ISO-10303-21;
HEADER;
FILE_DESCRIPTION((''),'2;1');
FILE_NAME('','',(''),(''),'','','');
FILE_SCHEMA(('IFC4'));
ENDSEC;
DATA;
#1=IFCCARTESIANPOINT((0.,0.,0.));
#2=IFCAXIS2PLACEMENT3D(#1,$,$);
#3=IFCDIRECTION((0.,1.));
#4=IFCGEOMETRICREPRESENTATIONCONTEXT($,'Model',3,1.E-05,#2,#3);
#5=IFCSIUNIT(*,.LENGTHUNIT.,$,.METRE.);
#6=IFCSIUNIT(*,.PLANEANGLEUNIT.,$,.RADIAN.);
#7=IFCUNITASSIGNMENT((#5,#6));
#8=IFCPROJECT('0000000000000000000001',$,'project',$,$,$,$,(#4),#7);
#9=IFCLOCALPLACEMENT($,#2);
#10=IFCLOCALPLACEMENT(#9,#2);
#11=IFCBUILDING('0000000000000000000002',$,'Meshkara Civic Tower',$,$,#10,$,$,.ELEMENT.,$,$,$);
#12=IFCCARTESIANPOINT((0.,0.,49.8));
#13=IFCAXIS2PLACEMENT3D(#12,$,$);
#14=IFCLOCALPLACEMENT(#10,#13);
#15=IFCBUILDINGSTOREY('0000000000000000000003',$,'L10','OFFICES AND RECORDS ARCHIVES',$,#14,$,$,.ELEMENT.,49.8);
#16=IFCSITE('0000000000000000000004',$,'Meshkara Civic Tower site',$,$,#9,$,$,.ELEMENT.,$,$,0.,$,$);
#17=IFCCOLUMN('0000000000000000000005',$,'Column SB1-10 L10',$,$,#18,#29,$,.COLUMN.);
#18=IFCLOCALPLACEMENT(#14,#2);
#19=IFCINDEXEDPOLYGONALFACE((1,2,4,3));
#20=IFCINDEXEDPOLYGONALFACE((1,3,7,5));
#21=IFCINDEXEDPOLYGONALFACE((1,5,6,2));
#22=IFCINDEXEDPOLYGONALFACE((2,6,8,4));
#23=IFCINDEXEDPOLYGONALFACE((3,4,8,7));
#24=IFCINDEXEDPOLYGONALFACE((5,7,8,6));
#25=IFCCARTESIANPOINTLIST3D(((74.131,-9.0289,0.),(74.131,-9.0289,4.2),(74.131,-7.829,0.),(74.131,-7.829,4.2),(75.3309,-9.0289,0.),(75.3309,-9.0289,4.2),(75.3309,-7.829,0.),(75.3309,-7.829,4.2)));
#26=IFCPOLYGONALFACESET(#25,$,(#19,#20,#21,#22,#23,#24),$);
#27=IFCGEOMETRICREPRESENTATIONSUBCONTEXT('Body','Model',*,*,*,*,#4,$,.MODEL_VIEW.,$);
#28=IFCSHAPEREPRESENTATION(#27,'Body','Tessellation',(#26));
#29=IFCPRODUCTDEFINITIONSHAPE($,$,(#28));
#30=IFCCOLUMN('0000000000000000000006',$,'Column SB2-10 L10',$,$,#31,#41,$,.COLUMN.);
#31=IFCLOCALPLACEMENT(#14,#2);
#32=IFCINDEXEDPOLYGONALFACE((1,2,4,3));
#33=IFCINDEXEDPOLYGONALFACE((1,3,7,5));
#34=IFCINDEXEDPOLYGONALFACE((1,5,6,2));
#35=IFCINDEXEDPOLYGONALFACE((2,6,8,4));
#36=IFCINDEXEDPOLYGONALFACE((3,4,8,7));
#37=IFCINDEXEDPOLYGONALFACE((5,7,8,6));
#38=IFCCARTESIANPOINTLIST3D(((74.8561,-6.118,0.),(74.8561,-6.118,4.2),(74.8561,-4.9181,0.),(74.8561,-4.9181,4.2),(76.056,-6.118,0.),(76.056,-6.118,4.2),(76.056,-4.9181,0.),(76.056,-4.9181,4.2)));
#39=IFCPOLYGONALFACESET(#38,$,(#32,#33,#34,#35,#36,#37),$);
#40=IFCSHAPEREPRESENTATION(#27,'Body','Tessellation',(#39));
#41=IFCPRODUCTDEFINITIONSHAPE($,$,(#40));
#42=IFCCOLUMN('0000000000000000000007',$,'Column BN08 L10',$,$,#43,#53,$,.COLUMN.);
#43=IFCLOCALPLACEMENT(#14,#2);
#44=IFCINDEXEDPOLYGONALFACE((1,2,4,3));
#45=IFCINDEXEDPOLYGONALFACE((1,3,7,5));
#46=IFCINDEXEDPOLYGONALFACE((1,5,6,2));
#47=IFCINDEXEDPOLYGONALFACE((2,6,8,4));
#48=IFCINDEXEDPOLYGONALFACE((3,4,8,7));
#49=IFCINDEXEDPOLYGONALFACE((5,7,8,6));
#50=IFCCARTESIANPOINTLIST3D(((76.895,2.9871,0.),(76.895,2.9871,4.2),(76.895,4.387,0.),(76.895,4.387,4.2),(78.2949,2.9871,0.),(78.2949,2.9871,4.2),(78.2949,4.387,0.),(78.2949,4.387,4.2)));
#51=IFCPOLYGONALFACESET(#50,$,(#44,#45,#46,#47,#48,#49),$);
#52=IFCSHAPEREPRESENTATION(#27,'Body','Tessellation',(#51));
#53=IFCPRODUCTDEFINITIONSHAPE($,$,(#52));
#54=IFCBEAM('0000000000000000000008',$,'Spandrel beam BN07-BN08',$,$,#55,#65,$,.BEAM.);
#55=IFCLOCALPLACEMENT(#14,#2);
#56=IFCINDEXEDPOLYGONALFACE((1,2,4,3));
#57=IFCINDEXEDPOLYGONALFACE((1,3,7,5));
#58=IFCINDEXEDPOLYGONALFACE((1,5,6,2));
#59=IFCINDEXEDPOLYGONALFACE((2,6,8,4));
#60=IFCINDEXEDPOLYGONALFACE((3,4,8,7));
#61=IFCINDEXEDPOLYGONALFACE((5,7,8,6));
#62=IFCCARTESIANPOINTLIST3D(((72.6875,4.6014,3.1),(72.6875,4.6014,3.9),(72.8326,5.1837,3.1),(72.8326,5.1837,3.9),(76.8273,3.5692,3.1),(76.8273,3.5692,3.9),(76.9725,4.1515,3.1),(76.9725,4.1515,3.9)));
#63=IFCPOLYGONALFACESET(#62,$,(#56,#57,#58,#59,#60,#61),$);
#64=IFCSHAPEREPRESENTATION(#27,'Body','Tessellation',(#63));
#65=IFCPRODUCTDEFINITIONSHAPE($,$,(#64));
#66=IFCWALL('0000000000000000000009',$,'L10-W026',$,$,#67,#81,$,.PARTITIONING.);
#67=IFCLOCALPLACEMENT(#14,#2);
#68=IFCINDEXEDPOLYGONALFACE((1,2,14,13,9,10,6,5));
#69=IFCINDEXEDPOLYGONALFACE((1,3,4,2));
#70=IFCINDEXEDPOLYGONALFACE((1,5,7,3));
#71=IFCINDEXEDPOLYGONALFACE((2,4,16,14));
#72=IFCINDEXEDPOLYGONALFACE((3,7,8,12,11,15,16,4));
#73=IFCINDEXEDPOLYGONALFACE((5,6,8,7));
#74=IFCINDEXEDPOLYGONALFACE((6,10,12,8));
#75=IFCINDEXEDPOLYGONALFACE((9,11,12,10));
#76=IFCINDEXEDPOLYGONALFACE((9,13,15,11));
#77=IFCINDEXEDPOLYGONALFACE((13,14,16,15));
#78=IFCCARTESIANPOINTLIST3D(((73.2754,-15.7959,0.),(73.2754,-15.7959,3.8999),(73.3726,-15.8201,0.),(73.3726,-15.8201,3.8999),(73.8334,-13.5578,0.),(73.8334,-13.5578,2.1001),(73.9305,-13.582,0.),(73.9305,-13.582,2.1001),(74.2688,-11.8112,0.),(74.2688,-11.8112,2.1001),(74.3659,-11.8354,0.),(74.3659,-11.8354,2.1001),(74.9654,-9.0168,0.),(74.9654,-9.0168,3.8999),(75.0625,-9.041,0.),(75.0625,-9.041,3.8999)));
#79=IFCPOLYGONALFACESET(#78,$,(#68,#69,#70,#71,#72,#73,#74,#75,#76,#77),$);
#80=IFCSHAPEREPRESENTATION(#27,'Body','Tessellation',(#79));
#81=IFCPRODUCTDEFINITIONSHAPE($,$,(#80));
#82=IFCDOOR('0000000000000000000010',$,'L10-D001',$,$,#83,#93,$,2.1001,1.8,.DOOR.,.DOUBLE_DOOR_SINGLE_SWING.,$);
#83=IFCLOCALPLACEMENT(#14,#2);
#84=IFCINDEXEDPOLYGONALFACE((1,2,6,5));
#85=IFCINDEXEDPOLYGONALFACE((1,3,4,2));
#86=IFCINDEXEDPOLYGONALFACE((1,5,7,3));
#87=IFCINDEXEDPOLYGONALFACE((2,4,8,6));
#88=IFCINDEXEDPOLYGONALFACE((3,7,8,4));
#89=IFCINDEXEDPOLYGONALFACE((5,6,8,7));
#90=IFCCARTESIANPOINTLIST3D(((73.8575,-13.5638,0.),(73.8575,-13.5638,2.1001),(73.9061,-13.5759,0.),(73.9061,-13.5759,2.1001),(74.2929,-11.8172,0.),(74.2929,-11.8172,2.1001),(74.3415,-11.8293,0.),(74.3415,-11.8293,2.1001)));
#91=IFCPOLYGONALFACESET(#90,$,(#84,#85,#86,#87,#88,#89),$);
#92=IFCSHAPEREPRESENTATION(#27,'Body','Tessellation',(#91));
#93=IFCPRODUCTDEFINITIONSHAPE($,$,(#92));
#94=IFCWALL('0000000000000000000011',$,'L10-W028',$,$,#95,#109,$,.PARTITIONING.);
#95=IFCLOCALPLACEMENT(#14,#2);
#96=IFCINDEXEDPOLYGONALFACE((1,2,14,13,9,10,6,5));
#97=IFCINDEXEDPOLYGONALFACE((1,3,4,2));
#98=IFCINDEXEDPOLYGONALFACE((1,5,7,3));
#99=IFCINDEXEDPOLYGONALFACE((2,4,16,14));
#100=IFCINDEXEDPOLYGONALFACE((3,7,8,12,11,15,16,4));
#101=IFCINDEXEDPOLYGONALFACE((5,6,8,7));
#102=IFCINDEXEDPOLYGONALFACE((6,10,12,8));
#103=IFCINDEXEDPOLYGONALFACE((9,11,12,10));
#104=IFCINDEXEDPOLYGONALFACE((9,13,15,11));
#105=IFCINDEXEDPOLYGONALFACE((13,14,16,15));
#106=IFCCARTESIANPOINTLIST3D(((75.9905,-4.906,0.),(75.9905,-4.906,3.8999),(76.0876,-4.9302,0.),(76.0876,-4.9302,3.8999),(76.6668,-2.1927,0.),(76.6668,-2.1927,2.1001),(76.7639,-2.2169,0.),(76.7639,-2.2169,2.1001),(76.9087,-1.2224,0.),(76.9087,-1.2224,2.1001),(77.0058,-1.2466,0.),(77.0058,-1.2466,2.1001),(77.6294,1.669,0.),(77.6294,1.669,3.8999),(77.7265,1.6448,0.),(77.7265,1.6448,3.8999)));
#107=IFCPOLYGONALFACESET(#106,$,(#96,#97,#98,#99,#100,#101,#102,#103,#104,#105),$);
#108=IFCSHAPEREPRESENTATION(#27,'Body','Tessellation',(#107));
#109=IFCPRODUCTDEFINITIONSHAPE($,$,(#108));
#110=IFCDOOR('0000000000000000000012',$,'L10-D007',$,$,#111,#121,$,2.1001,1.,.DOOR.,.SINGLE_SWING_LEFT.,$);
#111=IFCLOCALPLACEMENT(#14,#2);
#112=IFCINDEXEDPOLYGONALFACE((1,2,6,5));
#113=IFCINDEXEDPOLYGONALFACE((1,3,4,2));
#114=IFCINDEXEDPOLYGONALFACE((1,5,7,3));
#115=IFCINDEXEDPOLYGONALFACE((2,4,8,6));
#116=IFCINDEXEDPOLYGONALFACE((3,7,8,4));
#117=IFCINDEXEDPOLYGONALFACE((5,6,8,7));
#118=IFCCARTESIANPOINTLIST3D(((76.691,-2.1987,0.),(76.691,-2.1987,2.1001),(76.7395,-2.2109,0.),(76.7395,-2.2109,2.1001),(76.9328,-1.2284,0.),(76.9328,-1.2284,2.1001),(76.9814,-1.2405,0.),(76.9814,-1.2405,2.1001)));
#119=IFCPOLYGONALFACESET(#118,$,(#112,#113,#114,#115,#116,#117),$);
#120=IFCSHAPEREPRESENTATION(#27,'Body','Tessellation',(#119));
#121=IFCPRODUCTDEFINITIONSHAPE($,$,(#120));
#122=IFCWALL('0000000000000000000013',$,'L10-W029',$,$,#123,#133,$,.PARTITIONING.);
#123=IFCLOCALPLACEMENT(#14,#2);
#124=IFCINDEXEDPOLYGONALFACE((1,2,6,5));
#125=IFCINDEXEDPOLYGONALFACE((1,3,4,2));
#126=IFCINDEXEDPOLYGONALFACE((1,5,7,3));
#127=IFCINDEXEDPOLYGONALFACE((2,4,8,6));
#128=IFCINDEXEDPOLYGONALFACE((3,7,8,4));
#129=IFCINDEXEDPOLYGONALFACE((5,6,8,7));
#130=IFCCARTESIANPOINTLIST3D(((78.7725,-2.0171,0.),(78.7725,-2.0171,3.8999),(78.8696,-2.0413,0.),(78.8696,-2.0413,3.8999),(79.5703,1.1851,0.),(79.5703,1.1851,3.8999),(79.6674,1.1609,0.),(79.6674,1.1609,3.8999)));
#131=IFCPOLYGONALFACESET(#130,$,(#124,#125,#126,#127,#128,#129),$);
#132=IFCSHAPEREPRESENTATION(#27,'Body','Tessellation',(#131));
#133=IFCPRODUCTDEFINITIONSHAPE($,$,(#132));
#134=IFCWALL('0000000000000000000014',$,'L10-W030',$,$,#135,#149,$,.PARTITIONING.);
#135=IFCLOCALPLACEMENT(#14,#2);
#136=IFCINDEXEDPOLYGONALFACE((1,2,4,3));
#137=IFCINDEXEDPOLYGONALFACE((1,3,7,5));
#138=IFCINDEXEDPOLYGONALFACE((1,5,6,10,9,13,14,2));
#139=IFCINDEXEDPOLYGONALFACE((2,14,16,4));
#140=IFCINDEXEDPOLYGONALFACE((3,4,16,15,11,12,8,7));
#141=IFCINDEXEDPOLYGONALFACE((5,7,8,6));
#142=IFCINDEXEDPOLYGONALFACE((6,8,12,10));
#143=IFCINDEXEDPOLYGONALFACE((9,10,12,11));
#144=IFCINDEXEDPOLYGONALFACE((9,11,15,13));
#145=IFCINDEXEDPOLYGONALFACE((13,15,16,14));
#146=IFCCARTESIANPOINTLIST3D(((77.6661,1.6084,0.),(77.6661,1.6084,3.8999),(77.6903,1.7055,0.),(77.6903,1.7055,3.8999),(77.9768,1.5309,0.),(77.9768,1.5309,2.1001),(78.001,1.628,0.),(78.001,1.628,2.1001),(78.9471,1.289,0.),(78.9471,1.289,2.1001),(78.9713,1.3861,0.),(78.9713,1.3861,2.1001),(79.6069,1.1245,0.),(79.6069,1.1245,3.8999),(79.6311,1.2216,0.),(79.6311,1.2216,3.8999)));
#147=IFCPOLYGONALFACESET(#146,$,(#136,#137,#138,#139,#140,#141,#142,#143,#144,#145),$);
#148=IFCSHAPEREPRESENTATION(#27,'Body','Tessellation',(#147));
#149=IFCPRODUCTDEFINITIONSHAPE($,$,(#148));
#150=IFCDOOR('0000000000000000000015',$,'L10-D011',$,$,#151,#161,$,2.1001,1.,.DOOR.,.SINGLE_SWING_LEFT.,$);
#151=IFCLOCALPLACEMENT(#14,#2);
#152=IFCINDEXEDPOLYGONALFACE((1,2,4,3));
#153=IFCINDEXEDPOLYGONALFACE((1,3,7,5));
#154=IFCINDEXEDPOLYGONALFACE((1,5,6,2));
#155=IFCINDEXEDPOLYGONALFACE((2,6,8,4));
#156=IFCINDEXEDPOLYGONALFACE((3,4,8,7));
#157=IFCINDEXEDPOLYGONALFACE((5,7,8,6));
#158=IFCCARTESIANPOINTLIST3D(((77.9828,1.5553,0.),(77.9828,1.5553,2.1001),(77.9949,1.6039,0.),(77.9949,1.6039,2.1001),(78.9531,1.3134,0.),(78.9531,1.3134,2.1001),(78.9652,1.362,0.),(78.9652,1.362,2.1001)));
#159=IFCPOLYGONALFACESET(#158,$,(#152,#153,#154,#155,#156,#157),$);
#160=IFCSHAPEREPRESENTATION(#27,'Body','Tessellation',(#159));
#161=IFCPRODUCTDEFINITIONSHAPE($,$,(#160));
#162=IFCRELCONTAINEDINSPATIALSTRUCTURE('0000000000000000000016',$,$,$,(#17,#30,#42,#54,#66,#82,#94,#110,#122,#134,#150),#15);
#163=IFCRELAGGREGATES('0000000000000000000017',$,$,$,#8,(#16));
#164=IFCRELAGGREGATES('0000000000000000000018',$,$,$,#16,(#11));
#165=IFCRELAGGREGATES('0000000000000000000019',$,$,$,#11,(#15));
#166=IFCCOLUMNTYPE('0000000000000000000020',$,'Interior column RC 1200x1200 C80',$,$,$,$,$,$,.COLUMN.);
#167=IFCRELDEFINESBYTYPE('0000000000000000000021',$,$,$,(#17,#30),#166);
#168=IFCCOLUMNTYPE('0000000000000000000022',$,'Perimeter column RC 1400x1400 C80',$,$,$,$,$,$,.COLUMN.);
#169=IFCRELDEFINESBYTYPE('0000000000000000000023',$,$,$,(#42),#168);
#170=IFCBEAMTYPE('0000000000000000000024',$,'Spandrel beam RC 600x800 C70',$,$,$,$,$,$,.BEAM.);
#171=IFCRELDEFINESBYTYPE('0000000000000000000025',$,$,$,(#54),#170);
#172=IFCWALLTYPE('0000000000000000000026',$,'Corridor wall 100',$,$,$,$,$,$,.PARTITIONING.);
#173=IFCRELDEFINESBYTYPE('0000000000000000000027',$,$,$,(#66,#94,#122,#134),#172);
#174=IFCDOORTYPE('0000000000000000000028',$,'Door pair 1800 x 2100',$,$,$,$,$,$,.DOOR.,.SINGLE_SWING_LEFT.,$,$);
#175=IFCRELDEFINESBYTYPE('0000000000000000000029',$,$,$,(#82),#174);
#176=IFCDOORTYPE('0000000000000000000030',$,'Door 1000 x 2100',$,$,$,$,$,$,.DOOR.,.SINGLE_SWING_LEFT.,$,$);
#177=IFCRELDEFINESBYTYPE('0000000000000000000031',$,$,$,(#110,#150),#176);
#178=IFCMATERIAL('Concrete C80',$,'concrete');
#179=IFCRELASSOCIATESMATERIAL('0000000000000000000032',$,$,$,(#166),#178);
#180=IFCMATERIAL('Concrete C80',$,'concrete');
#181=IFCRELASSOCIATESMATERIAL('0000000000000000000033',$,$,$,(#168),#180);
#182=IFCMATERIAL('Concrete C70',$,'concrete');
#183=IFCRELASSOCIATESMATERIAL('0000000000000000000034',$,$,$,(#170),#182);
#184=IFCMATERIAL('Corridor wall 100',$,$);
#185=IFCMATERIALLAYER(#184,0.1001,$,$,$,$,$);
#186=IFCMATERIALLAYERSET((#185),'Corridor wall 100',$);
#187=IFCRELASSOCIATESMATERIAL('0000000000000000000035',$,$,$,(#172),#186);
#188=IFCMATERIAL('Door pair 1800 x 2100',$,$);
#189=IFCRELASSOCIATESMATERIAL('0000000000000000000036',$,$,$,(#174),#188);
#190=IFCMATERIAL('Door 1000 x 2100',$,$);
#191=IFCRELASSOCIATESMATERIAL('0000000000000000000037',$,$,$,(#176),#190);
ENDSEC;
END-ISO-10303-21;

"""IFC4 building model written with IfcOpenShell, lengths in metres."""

from ifc_helpers import new_model, si_unit, direction, frame, frame_2d, origin, origin_2d, place, context, subcontext, project, spatial, rectangle, extrude, material, layer, layer_set, material_profile, profile_set, type_object, element, fill, save


model = new_model("IFC4")

# Units and contexts
model_context = context("Model", 3, precision=1e-05, world=origin(), true_north=direction((0.0, 1.0)))
body_context = subcontext(model_context, "Body", "Model", "MODEL_VIEW")
ifc_project = project(units=[si_unit("LENGTHUNIT", "METRE"), si_unit("PLANEANGLEUNIT", "RADIAN")], contexts=[model_context])

# Site, building, storey
site_placement = place(None, origin())
site = spatial("IfcSite", under=ifc_project, at=site_placement, Name="Meshkara Civic Tower site", CompositionType="ELEMENT", RefElevation=0.0)
building_placement = place(site_placement, origin())
building = spatial("IfcBuilding", under=site, at=building_placement, Name="Meshkara Civic Tower", CompositionType="ELEMENT")
storey_placement = place(building_placement, frame((0.0, 0.0, 49.8)))
storey = spatial("IfcBuildingStorey", under=building, at=storey_placement, Name="L10", Description="OFFICES AND RECORDS ARCHIVES", CompositionType="ELEMENT", Elevation=49.8)

# Columns
ifc_material_1 = material(Name="Concrete C80", Category="concrete")
ifc_material_profile_1 = material_profile(ifc_material_1, rectangle(XDim=1.2, YDim=1.2, at=origin_2d()))
ifc_profile_set_1 = profile_set([ifc_material_profile_1], Name="Concrete C80")
column_type_1 = type_object("IfcColumnType", Name="Interior column RC 1200x1200 C80", PredefinedType="COLUMN", material=ifc_profile_set_1)
for number, where, z_axis, x_axis, name in (
    (1, (74.731, -8.429, 0.0), (0.0, 0.0, 1.0), (1.0, 0.0, 0.0), "Column SB1-10 L10"),
    (2, (75.4561, -5.5181, 0.0), (0.0, 0.0, 1.0), (1.0, 0.0, 0.0), "Column SB2-10 L10"),
):
    element("IfcColumn", number, at=place(storey_placement, frame(where, z_axis=z_axis, x_axis=x_axis)), inside=storey, type_object=column_type_1, Name=name, PredefinedType="COLUMN", context=body_context, shape_type="SweptSolid", body=[
        extrude(rectangle(XDim=1.2, YDim=1.2, at=origin_2d()), origin(), (0.0, 0.0, 1.0), 4.2),
    ])
ifc_material_2 = material(Name="Concrete C80", Category="concrete")
ifc_material_profile_2 = material_profile(ifc_material_2, rectangle(XDim=1.3999, YDim=1.3999, at=origin_2d()))
ifc_profile_set_2 = profile_set([ifc_material_profile_2], Name="Concrete C80")
column_type_2 = type_object("IfcColumnType", Name="Perimeter column RC 1400x1400 C80", PredefinedType="COLUMN", material=ifc_profile_set_2)
column_placement = place(storey_placement, frame((77.595, 3.687, 0.0), z_axis=(0.0, 0.0, 1.0), x_axis=(1.0, 0.0, 0.0)))
element("IfcColumn", 3, at=column_placement, inside=storey, type_object=column_type_2, Name="Column BN08 L10", PredefinedType="COLUMN", context=body_context, shape_type="SweptSolid", body=[
    extrude(rectangle(XDim=1.3999, YDim=1.3999, at=origin_2d()), origin(), (0.0, 0.0, 1.0), 4.2),
])

# Beam
ifc_material_3 = material(Name="Concrete C70", Category="concrete")
ifc_material_profile_3 = material_profile(ifc_material_3, rectangle(XDim=0.6001, YDim=0.8, at=origin_2d()))
ifc_profile_set_3 = profile_set([ifc_material_profile_3], Name="Concrete C70")
beam_type = type_object("IfcBeamType", Name="Spandrel beam RC 600x800 C70", PredefinedType="BEAM", material=ifc_profile_set_3)
beam_placement = place(storey_placement, frame((76.8999, 3.8604, 3.5), z_axis=(-0.970294, 0.24193, 0.0), x_axis=(-0.24193, -0.970294, 0.0)))
element("IfcBeam", 4, at=beam_placement, inside=storey, type_object=beam_type, Name="Spandrel beam BN07-BN08", PredefinedType="BEAM", context=body_context, shape_type="SweptSolid", body=[
    extrude(rectangle(XDim=0.6001, YDim=0.8, at=origin_2d()), origin(), (0.0, 0.0, 1.0), 4.2666),
])

# Walls, openings, doors
ifc_material_4 = material(Name="Corridor wall 100")
ifc_layer_1 = layer(ifc_material_4, 0.1001)
ifc_layer_set_1 = layer_set([ifc_layer_1], Name="Corridor wall 100")
wall_type_1 = type_object("IfcWallType", Name="Corridor wall 100", PredefinedType="PARTITIONING", material=ifc_layer_set_1)
wall_1_placement = place(storey_placement, frame((75.0139, -9.0291, 0.0), z_axis=(0.0, 0.0, 1.0), x_axis=(-0.241886, -0.970305, 0.0)))
wall_1 = element("IfcWall", 5, at=wall_1_placement, inside=storey, type_object=wall_type_1, Name="L10-W026", PredefinedType="PARTITIONING", context=body_context, shape_type="SweptSolid", body=[
    extrude(rectangle(XDim=6.9866, YDim=0.1001, at=frame_2d((3.4932, 0.0))), origin(), (0.0, 0.0, 1.0), 3.8999),
])
opening_1_placement = place(wall_1_placement, frame((2.8799, 0.0, 0.0)))
opening_1 = element("IfcOpeningElement", 6, at=opening_1_placement, cuts=wall_1, PredefinedType="OPENING", context=body_context, shape_type="SweptSolid", body=[
    extrude(rectangle(XDim=1.8, YDim=2.1001, at=frame_2d((0.8999, 1.05))), frame((0.0, 0.0601, 0.0), z_axis=(0.0, -1.0, 0.0), x_axis=(1.0, 0.0, 0.0)), (0.0, 0.0, 1.0), 0.1201),
])
ifc_material_5 = material(Name="Door pair 1800 x 2100")
door_type_1 = type_object("IfcDoorType", Name="Door pair 1800 x 2100", OperationType="SINGLE_SWING_LEFT", PredefinedType="DOOR", material=ifc_material_5)
door_1_placement = place(opening_1_placement, origin())
door_1 = element("IfcDoor", 7, at=door_1_placement, inside=storey, type_object=door_type_1, Name="L10-D001", OperationType="DOUBLE_DOOR_SINGLE_SWING", OverallHeight=2.1001, OverallWidth=1.8, PredefinedType="DOOR", context=body_context, shape_type="SweptSolid", body=[
    extrude(rectangle(XDim=1.8, YDim=2.1001, at=frame_2d((0.8999, 1.05))), frame((0.0, 0.0249, 0.0), z_axis=(0.0, -1.0, 0.0), x_axis=(1.0, 0.0, 0.0)), (0.0, 0.0, 1.0), 0.05),
])
fill(opening_1, door_1)
wall_2_placement = place(storey_placement, frame((77.678, 1.657, 0.0), z_axis=(0.0, 0.0, 1.0), x_axis=(-0.241866, -0.97031, 0.0)))
wall_2 = element("IfcWall", 8, at=wall_2_placement, inside=storey, type_object=wall_type_1, Name="L10-W028", PredefinedType="PARTITIONING", context=body_context, shape_type="SweptSolid", body=[
    extrude(rectangle(XDim=6.7761, YDim=0.1001, at=frame_2d((3.3882, 0.0))), origin(), (0.0, 0.0, 1.0), 3.8999),
])
opening_2_placement = place(wall_2_placement, frame((2.98, 0.0, 0.0)))
opening_2 = element("IfcOpeningElement", 9, at=opening_2_placement, cuts=wall_2, PredefinedType="OPENING", context=body_context, shape_type="SweptSolid", body=[
    extrude(rectangle(XDim=1.0, YDim=2.1001, at=frame_2d((0.5, 1.05))), frame((0.0, 0.0601, 0.0), z_axis=(0.0, -1.0, 0.0), x_axis=(1.0, 0.0, 0.0)), (0.0, 0.0, 1.0), 0.1201),
])
ifc_material_6 = material(Name="Door 1000 x 2100")
door_type_2 = type_object("IfcDoorType", Name="Door 1000 x 2100", OperationType="SINGLE_SWING_LEFT", PredefinedType="DOOR", material=ifc_material_6)
door_2_placement = place(opening_2_placement, origin())
door_2 = element("IfcDoor", 10, at=door_2_placement, inside=storey, type_object=door_type_2, Name="L10-D007", OperationType="SINGLE_SWING_LEFT", OverallHeight=2.1001, OverallWidth=1.0, PredefinedType="DOOR", context=body_context, shape_type="SweptSolid", body=[
    extrude(rectangle(XDim=1.0, YDim=2.1001, at=frame_2d((0.5, 1.05))), frame((0.0, 0.0249, 0.0), z_axis=(0.0, -1.0, 0.0), x_axis=(1.0, 0.0, 0.0)), (0.0, 0.0, 1.0), 0.05),
])
fill(opening_2, door_2)

# Wall
wall_3_placement = place(storey_placement, frame((78.821, -2.0291, 0.0), z_axis=(0.0, 0.0, 1.0), x_axis=(0.24177, 0.970334, 0.0)))
element("IfcWall", 11, at=wall_3_placement, inside=storey, type_object=wall_type_1, Name="L10-W029", PredefinedType="PARTITIONING", context=body_context, shape_type="SweptSolid", body=[
    extrude(rectangle(XDim=3.3, YDim=0.1001, at=frame_2d((1.6499, 0.0))), origin(), (0.0, 0.0, 1.0), 3.8999),
])

# Wall, opening, door
wall_4_placement = place(storey_placement, frame((79.6189, 1.1731, 0.0), z_axis=(0.0, 0.0, 1.0), x_axis=(-0.9703, 0.241904, 0.0)))
wall_4 = element("IfcWall", 12, at=wall_4_placement, inside=storey, type_object=wall_type_1, Name="L10-W030", PredefinedType="PARTITIONING", context=body_context, shape_type="SweptSolid", body=[
    extrude(rectangle(XDim=2.0002, YDim=0.1001, at=frame_2d((1.0, 0.0))), origin(), (0.0, 0.0, 1.0), 3.8999),
])
opening_3_placement = place(wall_4_placement, frame((0.6799, 0.0, 0.0)))
opening_3 = element("IfcOpeningElement", 13, at=opening_3_placement, cuts=wall_4, PredefinedType="OPENING", context=body_context, shape_type="SweptSolid", body=[
    extrude(rectangle(XDim=1.0, YDim=2.1001, at=frame_2d((0.5, 1.05))), frame((0.0, 0.0601, 0.0), z_axis=(0.0, -1.0, 0.0), x_axis=(1.0, 0.0, 0.0)), (0.0, 0.0, 1.0), 0.1201),
])
door_3_placement = place(opening_3_placement, origin())
door_3 = element("IfcDoor", 14, at=door_3_placement, inside=storey, type_object=door_type_2, Name="L10-D011", OperationType="SINGLE_SWING_LEFT", OverallHeight=2.1001, OverallWidth=1.0, PredefinedType="DOOR", context=body_context, shape_type="SweptSolid", body=[
    extrude(rectangle(XDim=1.0, YDim=2.1001, at=frame_2d((0.5, 1.05))), frame((0.0, 0.0249, 0.0), z_axis=(0.0, -1.0, 0.0), x_axis=(1.0, 0.0, 0.0)), (0.0, 0.0, 1.0), 0.05),
])
fill(opening_3, door_3)

save(model, "model.ifc")
